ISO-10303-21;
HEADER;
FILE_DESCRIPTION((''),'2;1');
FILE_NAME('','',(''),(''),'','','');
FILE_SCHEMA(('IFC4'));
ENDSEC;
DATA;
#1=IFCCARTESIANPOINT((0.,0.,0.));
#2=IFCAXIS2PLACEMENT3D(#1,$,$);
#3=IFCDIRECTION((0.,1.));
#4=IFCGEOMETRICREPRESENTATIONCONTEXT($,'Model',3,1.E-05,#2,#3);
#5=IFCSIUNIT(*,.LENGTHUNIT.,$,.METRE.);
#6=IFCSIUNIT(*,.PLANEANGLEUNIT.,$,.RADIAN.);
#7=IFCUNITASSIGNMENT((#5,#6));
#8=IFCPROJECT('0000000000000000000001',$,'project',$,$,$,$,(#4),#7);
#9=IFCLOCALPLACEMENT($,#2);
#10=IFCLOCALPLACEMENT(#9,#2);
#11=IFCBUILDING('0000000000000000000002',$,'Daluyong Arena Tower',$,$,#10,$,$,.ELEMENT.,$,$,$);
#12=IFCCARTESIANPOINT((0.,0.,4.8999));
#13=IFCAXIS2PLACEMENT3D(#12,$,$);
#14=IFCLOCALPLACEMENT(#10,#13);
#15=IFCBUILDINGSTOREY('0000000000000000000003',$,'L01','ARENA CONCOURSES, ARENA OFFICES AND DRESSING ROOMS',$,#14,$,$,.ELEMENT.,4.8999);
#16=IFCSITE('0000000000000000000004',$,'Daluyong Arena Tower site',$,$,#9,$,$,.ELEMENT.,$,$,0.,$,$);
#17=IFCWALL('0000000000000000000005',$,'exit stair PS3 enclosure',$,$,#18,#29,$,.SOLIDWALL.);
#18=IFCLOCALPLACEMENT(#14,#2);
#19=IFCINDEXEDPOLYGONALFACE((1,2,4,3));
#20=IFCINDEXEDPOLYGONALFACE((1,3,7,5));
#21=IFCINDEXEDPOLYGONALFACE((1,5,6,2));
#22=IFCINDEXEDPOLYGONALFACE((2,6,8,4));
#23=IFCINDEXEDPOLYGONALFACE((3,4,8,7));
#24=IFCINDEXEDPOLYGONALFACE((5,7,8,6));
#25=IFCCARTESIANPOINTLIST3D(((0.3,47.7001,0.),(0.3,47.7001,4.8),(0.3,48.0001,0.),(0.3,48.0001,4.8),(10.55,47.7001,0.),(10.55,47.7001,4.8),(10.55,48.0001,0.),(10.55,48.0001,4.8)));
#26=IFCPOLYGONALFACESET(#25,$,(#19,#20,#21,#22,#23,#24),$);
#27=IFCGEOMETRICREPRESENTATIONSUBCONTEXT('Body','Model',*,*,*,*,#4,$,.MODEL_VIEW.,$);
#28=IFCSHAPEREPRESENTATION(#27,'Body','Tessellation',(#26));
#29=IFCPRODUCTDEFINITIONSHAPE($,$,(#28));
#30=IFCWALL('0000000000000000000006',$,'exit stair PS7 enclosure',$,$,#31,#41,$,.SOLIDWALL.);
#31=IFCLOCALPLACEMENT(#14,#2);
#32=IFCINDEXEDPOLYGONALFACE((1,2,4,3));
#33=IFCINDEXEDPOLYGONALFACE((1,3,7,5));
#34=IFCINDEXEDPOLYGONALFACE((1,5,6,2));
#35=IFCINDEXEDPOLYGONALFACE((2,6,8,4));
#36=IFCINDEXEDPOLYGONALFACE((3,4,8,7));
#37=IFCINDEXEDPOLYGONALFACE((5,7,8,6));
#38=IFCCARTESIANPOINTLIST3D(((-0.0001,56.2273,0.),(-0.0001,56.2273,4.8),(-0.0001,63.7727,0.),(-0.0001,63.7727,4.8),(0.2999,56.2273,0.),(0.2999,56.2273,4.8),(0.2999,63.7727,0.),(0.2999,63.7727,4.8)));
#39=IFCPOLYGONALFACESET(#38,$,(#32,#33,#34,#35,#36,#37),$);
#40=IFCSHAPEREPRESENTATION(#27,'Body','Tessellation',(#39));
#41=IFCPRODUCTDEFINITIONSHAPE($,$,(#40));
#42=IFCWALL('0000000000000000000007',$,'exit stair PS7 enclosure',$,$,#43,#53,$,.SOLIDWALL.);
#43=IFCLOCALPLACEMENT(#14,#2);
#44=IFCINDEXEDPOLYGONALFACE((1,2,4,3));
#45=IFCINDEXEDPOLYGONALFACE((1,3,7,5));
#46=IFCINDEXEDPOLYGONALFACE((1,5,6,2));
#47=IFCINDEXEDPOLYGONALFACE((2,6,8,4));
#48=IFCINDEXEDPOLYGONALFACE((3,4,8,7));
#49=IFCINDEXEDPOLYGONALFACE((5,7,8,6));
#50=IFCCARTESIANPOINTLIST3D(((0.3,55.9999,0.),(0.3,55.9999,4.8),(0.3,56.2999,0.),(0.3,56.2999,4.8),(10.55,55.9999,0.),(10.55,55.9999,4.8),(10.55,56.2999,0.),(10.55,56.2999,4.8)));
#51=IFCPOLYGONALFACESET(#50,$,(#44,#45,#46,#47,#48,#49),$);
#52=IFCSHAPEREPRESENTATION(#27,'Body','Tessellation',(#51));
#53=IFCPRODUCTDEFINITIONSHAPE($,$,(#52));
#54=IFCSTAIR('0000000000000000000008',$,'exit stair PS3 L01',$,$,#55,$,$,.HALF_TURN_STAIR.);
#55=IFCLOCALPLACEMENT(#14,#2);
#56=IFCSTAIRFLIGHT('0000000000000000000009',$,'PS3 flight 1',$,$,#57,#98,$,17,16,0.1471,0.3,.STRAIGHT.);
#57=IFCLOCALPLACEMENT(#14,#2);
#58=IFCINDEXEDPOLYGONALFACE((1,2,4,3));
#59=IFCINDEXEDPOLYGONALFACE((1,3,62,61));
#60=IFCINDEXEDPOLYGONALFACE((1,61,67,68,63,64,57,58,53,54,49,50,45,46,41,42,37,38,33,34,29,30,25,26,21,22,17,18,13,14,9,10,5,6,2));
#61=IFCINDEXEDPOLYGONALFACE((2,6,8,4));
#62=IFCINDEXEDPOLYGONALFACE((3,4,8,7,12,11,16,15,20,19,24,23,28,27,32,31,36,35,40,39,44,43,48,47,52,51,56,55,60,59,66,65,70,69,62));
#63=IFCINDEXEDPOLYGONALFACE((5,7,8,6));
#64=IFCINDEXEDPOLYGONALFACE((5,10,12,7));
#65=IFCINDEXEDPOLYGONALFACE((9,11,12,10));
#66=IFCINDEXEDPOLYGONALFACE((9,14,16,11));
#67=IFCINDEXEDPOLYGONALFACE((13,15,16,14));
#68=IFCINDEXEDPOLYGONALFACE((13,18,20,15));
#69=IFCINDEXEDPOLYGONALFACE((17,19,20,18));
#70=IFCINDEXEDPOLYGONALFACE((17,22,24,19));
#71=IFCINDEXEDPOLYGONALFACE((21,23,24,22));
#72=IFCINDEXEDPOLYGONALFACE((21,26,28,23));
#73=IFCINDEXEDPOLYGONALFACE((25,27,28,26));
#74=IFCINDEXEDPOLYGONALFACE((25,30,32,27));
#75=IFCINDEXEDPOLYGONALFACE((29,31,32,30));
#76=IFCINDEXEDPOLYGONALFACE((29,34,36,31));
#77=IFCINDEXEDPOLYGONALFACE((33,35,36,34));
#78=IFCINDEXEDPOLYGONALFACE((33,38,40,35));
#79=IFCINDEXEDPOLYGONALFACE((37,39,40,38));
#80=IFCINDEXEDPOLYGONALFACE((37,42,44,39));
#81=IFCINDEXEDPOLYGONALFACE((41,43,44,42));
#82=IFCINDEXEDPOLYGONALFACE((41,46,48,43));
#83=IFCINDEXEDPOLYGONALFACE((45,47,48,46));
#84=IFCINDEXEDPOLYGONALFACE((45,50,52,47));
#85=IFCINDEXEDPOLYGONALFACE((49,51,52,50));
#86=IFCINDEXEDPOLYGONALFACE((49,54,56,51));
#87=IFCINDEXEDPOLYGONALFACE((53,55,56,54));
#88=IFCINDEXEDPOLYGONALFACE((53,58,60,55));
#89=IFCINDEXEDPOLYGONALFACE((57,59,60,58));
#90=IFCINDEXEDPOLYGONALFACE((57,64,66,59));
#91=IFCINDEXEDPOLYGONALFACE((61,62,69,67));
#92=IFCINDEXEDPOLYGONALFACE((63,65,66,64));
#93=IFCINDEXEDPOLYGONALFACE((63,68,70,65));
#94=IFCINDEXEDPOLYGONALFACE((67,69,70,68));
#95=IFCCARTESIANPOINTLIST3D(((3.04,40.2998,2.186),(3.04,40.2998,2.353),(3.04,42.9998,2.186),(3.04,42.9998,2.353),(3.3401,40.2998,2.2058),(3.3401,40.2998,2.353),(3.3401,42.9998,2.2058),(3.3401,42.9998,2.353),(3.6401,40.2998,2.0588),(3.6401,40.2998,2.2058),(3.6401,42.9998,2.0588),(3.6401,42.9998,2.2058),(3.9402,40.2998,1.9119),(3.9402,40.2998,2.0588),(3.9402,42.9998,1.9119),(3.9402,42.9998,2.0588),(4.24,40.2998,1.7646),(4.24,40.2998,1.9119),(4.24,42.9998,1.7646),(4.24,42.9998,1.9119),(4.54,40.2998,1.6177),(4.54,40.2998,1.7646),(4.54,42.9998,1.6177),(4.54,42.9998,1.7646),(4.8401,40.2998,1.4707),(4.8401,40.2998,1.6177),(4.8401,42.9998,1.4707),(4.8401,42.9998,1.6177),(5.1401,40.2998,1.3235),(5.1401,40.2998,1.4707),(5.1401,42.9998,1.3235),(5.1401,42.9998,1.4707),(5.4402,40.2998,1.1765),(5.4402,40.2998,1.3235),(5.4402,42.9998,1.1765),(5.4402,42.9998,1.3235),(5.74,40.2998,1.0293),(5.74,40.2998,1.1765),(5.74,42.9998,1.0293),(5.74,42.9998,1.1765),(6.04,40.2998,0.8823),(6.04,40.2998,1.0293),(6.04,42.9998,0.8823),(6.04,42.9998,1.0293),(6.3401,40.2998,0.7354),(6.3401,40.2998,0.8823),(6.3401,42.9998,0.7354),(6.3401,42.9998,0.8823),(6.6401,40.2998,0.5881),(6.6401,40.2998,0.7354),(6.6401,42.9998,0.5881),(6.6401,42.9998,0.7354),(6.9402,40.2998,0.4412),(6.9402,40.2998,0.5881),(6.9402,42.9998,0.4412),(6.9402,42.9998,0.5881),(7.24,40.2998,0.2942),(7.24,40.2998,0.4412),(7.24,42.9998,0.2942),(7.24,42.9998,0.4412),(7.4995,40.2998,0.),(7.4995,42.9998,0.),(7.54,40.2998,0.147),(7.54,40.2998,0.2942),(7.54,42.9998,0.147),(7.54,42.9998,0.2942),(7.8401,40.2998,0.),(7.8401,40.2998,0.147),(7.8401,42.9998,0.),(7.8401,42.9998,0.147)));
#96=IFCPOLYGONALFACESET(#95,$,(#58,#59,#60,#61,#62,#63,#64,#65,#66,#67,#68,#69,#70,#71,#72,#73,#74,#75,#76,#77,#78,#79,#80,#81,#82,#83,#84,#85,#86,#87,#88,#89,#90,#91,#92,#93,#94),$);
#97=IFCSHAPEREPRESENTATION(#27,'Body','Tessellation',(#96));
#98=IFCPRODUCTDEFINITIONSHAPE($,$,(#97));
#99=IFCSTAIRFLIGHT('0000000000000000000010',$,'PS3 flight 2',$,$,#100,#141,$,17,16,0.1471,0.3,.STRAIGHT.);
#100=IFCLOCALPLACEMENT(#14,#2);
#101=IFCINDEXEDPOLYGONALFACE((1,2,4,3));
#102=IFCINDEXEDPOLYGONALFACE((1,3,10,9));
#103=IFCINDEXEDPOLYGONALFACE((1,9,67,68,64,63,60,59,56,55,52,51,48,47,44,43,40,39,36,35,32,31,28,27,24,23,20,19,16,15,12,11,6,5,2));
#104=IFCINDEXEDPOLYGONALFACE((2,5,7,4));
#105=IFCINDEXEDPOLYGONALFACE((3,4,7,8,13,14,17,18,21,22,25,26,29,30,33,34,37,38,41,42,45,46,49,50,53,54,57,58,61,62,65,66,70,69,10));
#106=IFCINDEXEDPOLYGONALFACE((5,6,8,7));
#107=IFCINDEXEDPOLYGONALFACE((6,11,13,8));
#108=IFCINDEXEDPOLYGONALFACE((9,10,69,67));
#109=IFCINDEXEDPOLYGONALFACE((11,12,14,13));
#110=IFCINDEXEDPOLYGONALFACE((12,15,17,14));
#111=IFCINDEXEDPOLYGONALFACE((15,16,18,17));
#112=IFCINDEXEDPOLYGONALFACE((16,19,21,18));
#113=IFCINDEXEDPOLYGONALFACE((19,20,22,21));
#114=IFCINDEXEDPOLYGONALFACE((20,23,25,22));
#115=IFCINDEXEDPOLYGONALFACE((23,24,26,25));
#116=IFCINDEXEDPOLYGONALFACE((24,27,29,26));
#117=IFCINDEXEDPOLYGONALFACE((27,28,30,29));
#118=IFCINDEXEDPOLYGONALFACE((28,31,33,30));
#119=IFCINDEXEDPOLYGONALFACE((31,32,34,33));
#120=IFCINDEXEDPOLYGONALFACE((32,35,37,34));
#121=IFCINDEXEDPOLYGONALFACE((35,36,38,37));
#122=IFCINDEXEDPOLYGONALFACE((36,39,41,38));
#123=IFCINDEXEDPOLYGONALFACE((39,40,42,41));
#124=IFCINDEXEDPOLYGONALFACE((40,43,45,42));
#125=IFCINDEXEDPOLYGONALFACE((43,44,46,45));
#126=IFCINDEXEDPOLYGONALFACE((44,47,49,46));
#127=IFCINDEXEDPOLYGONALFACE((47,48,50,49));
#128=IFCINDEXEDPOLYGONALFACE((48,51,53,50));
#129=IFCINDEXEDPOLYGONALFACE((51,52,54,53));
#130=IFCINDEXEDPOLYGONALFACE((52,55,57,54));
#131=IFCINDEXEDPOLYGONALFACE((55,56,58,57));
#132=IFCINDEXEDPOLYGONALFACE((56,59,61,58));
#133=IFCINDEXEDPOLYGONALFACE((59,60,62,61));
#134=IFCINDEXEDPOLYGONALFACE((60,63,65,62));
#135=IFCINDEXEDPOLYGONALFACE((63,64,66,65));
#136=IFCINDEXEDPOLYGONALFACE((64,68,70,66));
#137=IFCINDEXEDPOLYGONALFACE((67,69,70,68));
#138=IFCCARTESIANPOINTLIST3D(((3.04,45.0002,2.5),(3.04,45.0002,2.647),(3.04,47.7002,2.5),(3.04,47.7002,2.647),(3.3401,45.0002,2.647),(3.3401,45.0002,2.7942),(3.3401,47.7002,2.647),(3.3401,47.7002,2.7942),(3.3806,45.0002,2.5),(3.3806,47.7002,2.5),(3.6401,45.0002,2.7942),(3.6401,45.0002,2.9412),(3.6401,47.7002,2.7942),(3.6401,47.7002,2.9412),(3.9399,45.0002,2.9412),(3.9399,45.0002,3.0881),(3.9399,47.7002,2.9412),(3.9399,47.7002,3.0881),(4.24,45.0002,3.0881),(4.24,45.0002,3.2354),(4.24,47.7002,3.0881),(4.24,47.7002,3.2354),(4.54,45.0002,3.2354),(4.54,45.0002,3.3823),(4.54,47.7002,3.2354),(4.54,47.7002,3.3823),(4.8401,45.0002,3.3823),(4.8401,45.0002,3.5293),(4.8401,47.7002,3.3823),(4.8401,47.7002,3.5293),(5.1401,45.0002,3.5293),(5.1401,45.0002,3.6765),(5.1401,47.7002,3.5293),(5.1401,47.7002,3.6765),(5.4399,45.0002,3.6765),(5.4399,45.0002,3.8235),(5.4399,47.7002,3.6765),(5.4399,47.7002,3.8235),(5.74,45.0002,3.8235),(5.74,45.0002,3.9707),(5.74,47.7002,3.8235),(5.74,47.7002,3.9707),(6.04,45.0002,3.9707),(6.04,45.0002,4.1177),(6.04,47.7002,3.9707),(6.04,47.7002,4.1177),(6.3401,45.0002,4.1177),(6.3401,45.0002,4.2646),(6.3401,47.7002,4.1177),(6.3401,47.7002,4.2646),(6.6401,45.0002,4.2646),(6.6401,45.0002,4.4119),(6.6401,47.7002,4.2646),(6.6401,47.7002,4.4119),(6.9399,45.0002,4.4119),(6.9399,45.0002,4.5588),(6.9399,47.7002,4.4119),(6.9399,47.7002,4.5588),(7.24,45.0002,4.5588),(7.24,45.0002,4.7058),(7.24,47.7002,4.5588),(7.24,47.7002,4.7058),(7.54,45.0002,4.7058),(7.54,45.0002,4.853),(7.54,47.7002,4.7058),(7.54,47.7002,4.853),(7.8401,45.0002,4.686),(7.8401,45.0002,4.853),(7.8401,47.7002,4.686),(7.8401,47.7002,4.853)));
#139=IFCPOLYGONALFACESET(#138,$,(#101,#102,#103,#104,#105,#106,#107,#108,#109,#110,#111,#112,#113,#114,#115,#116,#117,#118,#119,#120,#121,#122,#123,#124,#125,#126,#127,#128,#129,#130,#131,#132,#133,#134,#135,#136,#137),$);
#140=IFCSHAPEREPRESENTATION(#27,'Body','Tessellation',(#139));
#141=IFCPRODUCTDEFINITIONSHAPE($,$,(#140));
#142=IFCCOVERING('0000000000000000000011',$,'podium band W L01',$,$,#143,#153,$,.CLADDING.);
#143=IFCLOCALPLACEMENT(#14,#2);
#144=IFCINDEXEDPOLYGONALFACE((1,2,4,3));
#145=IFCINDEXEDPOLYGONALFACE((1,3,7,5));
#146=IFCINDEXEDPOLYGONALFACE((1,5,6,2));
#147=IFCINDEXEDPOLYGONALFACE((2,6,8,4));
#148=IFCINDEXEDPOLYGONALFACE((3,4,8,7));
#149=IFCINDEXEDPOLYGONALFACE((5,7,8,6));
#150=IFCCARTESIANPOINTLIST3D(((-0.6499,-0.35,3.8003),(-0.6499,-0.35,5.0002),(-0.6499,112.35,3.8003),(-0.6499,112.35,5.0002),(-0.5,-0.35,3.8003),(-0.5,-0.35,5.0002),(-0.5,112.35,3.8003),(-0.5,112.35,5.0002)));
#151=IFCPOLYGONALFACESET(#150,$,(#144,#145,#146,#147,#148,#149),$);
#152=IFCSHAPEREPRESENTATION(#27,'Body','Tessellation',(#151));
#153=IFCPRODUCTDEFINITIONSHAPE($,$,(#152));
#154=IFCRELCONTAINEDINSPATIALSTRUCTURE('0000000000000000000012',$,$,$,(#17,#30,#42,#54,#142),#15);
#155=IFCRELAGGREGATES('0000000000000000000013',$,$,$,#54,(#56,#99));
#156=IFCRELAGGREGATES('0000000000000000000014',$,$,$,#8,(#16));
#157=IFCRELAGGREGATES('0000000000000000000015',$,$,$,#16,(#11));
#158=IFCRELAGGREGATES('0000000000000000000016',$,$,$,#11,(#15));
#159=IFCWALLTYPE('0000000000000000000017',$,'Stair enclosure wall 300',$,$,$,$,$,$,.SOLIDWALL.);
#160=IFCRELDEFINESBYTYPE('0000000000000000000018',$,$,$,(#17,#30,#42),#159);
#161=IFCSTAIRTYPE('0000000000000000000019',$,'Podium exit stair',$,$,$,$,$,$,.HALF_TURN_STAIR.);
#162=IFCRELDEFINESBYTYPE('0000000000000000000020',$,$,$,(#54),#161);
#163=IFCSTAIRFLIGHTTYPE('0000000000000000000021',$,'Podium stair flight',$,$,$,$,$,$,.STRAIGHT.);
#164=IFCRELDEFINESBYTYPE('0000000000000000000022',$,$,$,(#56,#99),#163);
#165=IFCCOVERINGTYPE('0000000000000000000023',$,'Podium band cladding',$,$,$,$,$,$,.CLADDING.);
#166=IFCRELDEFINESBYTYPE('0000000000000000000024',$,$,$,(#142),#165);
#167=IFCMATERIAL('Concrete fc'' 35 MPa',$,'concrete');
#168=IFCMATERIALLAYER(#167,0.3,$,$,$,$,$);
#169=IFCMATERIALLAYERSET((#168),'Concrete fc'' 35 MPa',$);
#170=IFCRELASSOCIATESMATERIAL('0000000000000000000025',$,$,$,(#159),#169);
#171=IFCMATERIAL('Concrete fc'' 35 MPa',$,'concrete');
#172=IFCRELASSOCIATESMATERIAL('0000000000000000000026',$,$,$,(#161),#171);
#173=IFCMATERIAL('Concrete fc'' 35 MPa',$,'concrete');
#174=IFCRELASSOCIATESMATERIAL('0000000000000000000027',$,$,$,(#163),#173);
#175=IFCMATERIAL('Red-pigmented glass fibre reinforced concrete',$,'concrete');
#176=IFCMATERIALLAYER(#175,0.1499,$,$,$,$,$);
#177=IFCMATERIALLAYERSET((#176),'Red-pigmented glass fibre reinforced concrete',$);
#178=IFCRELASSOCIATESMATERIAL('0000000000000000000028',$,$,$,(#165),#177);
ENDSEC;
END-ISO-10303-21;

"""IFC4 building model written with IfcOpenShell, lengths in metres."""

from ifc_helpers import new_model, si_unit, direction, frame, frame_2d, origin, origin_2d, place, context, subcontext, project, spatial, polyline, rectangle, outline, extrude, material, layer, layer_set, type_object, element, aggregate, save


model = new_model("IFC4")

# Units and contexts
model_context = context("Model", 3, precision=1e-05, world=origin(), true_north=direction((0.0, 1.0)))
body_context = subcontext(model_context, "Body", "Model", "MODEL_VIEW")
ifc_project = project(units=[si_unit("LENGTHUNIT", "METRE"), si_unit("PLANEANGLEUNIT", "RADIAN")], contexts=[model_context])

# Site, building, storey
site_placement = place(None, origin())
site = spatial("IfcSite", under=ifc_project, at=site_placement, Name="Daluyong Arena Tower site", CompositionType="ELEMENT", RefElevation=0.0)
building_placement = place(site_placement, origin())
building = spatial("IfcBuilding", under=site, at=building_placement, Name="Daluyong Arena Tower", CompositionType="ELEMENT")
storey_placement = place(building_placement, frame((0.0, 0.0, 4.8999)))
storey = spatial("IfcBuildingStorey", under=building, at=storey_placement, Name="L01", Description="ARENA CONCOURSES, ARENA OFFICES AND DRESSING ROOMS", CompositionType="ELEMENT", Elevation=4.8999)

# Walls
ifc_material_1 = material(Name="Concrete fc' 35 MPa", Category="concrete")
ifc_layer_1 = layer(ifc_material_1, 0.3)
ifc_layer_set_1 = layer_set([ifc_layer_1], Name="Concrete fc' 35 MPa")
wall_type_1 = type_object("IfcWallType", Name="Stair enclosure wall 300", PredefinedType="SOLIDWALL", material=ifc_layer_set_1)
for number, where, z_axis, x_axis, name in (
    (1, (0.3, 47.8501, 0.0), (0.0, 0.0, 1.0), (1.0, 0.0, 0.0), "exit stair PS3 enclosure"),
):
    element("IfcWall", number, at=place(storey_placement, frame(where, z_axis=z_axis, x_axis=x_axis)), inside=storey, type_object=wall_type_1, Name=name, PredefinedType="SOLIDWALL", context=body_context, shape_type="SweptSolid", body=[
        extrude(rectangle(XDim=10.25, YDim=0.3, at=frame_2d((5.125, 0.0))), origin(), (0.0, 0.0, 1.0), 4.8),
    ])
wall_1_placement = place(storey_placement, frame((0.1499, 56.2273, 0.0), z_axis=(0.0, 0.0, 1.0), x_axis=(0.0, 1.0, 0.0)))
element("IfcWall", 2, at=wall_1_placement, inside=storey, type_object=wall_type_1, Name="exit stair PS7 enclosure", PredefinedType="SOLIDWALL", context=body_context, shape_type="SweptSolid", body=[
    extrude(rectangle(XDim=7.5454, YDim=0.3, at=frame_2d((3.7727, 0.0))), origin(), (0.0, 0.0, 1.0), 4.8),
])
wall_2_placement = place(storey_placement, frame((0.3, 56.1499, 0.0), z_axis=(0.0, 0.0, 1.0), x_axis=(1.0, 0.0, 0.0)))
element("IfcWall", 3, at=wall_2_placement, inside=storey, type_object=wall_type_1, Name="exit stair PS7 enclosure", PredefinedType="SOLIDWALL", context=body_context, shape_type="SweptSolid", body=[
    extrude(rectangle(XDim=10.25, YDim=0.3, at=frame_2d((5.125, 0.0))), origin(), (0.0, 0.0, 1.0), 4.8),
])

# Stair, stair flights
ifc_material_2 = material(Name="Concrete fc' 35 MPa", Category="concrete")
stair_type = type_object("IfcStairType", Name="Podium exit stair", PredefinedType="HALF_TURN_STAIR", material=ifc_material_2)
stair_placement = place(storey_placement, origin())
stair = element("IfcStair", 4, at=stair_placement, inside=storey, type_object=stair_type, Name="exit stair PS3 L01", PredefinedType="HALF_TURN_STAIR")
ifc_material_3 = material(Name="Concrete fc' 35 MPa", Category="concrete")
stair_flight_type = type_object("IfcStairFlightType", Name="Podium stair flight", PredefinedType="STRAIGHT", material=ifc_material_3)
stair_flight_1_placement = place(storey_placement, frame((7.8401, 41.6499, 0.0), z_axis=(0.0, 0.0, 1.0), x_axis=(-1.0, 0.0, 0.0)))
stair_flight_1 = element("IfcStairFlight", 5, at=stair_flight_1_placement, type_object=stair_flight_type, Name="PS3 flight 1", NumberOfRisers=17, NumberOfTreads=16, PredefinedType="STRAIGHT", RiserHeight=0.1471, TreadLength=0.3, context=body_context, shape_type="SweptSolid", body=[
    extrude(outline(polyline([(0.0, 0.0), (0.0, 0.147), (0.3, 0.147), (0.3, 0.2942), (0.6001, 0.2942), (0.6001, 0.4412), (0.8999, 0.4412), (0.8999, 0.5881), (1.2, 0.5881), (1.2, 0.7354), (1.5, 0.7354), (1.5, 0.8823), (1.8, 0.8823), (1.8, 1.0293), (2.1001, 1.0293), (2.1001, 1.1765), (2.3999, 1.1765), (2.3999, 1.3235), (2.7, 1.3235), (2.7, 1.4707), (3.0, 1.4707), (3.0, 1.6177), (3.3, 1.6177), (3.3, 1.7646), (3.6001, 1.7646), (3.6001, 1.9119), (3.8999, 1.9119), (3.8999, 2.0588), (4.2, 2.0588), (4.2, 2.2058), (4.5, 2.2058), (4.5, 2.353), (4.8, 2.353), (4.8, 2.5), (4.8, 2.186), (0.3406, 0.0), (0.0, 0.0)])), frame((0.0, 1.3501, 0.0), z_axis=(0.0, -1.0, 0.0), x_axis=(1.0, 0.0, 0.0)), (0.0, 0.0, 1.0), 2.7),
])
stair_flight_2_placement = place(storey_placement, frame((3.04, 46.3501, 2.5), z_axis=(0.0, 0.0, 1.0), x_axis=(1.0, 0.0, 0.0)))
stair_flight_2 = element("IfcStairFlight", 6, at=stair_flight_2_placement, type_object=stair_flight_type, Name="PS3 flight 2", NumberOfRisers=17, NumberOfTreads=16, PredefinedType="STRAIGHT", RiserHeight=0.1471, TreadLength=0.3, context=body_context, shape_type="SweptSolid", body=[
    extrude(outline(polyline([(0.0, 0.0), (0.0, 0.147), (0.3, 0.147), (0.3, 0.2942), (0.6001, 0.2942), (0.6001, 0.4412), (0.8999, 0.4412), (0.8999, 0.5881), (1.2, 0.5881), (1.2, 0.7354), (1.5, 0.7354), (1.5, 0.8823), (1.8, 0.8823), (1.8, 1.0293), (2.1001, 1.0293), (2.1001, 1.1765), (2.3999, 1.1765), (2.3999, 1.3235), (2.7, 1.3235), (2.7, 1.4707), (3.0, 1.4707), (3.0, 1.6177), (3.3, 1.6177), (3.3, 1.7646), (3.6001, 1.7646), (3.6001, 1.9119), (3.8999, 1.9119), (3.8999, 2.0588), (4.2, 2.0588), (4.2, 2.2058), (4.5, 2.2058), (4.5, 2.353), (4.8, 2.353), (4.8, 2.5), (4.8, 2.186), (0.3406, 0.0), (0.0, 0.0)])), frame((0.0, 1.3501, 0.0), z_axis=(0.0, -1.0, 0.0), x_axis=(1.0, 0.0, 0.0)), (0.0, 0.0, 1.0), 2.7),
])
aggregate(stair, [stair_flight_1, stair_flight_2])

# Covering
ifc_material_4 = material(Name="Red-pigmented glass fibre reinforced concrete", Category="concrete")
ifc_layer_2 = layer(ifc_material_4, 0.1499)
ifc_layer_set_2 = layer_set([ifc_layer_2], Name="Red-pigmented glass fibre reinforced concrete")
covering_type = type_object("IfcCoveringType", Name="Podium band cladding", PredefinedType="CLADDING", material=ifc_layer_set_2)
covering_placement = place(storey_placement, frame((-0.575, 56.0, 3.8003), z_axis=(0.0, 0.0, 1.0), x_axis=(0.0, -1.0, 0.0)))
element("IfcCovering", 7, at=covering_placement, inside=storey, type_object=covering_type, Name="podium band W L01", PredefinedType="CLADDING", context=body_context, shape_type="SweptSolid", body=[
    extrude(rectangle(XDim=112.7, YDim=0.1499, at=origin_2d()), origin(), (0.0, 0.0, 1.0), 1.2),
])

save(model, "model.ifc")
